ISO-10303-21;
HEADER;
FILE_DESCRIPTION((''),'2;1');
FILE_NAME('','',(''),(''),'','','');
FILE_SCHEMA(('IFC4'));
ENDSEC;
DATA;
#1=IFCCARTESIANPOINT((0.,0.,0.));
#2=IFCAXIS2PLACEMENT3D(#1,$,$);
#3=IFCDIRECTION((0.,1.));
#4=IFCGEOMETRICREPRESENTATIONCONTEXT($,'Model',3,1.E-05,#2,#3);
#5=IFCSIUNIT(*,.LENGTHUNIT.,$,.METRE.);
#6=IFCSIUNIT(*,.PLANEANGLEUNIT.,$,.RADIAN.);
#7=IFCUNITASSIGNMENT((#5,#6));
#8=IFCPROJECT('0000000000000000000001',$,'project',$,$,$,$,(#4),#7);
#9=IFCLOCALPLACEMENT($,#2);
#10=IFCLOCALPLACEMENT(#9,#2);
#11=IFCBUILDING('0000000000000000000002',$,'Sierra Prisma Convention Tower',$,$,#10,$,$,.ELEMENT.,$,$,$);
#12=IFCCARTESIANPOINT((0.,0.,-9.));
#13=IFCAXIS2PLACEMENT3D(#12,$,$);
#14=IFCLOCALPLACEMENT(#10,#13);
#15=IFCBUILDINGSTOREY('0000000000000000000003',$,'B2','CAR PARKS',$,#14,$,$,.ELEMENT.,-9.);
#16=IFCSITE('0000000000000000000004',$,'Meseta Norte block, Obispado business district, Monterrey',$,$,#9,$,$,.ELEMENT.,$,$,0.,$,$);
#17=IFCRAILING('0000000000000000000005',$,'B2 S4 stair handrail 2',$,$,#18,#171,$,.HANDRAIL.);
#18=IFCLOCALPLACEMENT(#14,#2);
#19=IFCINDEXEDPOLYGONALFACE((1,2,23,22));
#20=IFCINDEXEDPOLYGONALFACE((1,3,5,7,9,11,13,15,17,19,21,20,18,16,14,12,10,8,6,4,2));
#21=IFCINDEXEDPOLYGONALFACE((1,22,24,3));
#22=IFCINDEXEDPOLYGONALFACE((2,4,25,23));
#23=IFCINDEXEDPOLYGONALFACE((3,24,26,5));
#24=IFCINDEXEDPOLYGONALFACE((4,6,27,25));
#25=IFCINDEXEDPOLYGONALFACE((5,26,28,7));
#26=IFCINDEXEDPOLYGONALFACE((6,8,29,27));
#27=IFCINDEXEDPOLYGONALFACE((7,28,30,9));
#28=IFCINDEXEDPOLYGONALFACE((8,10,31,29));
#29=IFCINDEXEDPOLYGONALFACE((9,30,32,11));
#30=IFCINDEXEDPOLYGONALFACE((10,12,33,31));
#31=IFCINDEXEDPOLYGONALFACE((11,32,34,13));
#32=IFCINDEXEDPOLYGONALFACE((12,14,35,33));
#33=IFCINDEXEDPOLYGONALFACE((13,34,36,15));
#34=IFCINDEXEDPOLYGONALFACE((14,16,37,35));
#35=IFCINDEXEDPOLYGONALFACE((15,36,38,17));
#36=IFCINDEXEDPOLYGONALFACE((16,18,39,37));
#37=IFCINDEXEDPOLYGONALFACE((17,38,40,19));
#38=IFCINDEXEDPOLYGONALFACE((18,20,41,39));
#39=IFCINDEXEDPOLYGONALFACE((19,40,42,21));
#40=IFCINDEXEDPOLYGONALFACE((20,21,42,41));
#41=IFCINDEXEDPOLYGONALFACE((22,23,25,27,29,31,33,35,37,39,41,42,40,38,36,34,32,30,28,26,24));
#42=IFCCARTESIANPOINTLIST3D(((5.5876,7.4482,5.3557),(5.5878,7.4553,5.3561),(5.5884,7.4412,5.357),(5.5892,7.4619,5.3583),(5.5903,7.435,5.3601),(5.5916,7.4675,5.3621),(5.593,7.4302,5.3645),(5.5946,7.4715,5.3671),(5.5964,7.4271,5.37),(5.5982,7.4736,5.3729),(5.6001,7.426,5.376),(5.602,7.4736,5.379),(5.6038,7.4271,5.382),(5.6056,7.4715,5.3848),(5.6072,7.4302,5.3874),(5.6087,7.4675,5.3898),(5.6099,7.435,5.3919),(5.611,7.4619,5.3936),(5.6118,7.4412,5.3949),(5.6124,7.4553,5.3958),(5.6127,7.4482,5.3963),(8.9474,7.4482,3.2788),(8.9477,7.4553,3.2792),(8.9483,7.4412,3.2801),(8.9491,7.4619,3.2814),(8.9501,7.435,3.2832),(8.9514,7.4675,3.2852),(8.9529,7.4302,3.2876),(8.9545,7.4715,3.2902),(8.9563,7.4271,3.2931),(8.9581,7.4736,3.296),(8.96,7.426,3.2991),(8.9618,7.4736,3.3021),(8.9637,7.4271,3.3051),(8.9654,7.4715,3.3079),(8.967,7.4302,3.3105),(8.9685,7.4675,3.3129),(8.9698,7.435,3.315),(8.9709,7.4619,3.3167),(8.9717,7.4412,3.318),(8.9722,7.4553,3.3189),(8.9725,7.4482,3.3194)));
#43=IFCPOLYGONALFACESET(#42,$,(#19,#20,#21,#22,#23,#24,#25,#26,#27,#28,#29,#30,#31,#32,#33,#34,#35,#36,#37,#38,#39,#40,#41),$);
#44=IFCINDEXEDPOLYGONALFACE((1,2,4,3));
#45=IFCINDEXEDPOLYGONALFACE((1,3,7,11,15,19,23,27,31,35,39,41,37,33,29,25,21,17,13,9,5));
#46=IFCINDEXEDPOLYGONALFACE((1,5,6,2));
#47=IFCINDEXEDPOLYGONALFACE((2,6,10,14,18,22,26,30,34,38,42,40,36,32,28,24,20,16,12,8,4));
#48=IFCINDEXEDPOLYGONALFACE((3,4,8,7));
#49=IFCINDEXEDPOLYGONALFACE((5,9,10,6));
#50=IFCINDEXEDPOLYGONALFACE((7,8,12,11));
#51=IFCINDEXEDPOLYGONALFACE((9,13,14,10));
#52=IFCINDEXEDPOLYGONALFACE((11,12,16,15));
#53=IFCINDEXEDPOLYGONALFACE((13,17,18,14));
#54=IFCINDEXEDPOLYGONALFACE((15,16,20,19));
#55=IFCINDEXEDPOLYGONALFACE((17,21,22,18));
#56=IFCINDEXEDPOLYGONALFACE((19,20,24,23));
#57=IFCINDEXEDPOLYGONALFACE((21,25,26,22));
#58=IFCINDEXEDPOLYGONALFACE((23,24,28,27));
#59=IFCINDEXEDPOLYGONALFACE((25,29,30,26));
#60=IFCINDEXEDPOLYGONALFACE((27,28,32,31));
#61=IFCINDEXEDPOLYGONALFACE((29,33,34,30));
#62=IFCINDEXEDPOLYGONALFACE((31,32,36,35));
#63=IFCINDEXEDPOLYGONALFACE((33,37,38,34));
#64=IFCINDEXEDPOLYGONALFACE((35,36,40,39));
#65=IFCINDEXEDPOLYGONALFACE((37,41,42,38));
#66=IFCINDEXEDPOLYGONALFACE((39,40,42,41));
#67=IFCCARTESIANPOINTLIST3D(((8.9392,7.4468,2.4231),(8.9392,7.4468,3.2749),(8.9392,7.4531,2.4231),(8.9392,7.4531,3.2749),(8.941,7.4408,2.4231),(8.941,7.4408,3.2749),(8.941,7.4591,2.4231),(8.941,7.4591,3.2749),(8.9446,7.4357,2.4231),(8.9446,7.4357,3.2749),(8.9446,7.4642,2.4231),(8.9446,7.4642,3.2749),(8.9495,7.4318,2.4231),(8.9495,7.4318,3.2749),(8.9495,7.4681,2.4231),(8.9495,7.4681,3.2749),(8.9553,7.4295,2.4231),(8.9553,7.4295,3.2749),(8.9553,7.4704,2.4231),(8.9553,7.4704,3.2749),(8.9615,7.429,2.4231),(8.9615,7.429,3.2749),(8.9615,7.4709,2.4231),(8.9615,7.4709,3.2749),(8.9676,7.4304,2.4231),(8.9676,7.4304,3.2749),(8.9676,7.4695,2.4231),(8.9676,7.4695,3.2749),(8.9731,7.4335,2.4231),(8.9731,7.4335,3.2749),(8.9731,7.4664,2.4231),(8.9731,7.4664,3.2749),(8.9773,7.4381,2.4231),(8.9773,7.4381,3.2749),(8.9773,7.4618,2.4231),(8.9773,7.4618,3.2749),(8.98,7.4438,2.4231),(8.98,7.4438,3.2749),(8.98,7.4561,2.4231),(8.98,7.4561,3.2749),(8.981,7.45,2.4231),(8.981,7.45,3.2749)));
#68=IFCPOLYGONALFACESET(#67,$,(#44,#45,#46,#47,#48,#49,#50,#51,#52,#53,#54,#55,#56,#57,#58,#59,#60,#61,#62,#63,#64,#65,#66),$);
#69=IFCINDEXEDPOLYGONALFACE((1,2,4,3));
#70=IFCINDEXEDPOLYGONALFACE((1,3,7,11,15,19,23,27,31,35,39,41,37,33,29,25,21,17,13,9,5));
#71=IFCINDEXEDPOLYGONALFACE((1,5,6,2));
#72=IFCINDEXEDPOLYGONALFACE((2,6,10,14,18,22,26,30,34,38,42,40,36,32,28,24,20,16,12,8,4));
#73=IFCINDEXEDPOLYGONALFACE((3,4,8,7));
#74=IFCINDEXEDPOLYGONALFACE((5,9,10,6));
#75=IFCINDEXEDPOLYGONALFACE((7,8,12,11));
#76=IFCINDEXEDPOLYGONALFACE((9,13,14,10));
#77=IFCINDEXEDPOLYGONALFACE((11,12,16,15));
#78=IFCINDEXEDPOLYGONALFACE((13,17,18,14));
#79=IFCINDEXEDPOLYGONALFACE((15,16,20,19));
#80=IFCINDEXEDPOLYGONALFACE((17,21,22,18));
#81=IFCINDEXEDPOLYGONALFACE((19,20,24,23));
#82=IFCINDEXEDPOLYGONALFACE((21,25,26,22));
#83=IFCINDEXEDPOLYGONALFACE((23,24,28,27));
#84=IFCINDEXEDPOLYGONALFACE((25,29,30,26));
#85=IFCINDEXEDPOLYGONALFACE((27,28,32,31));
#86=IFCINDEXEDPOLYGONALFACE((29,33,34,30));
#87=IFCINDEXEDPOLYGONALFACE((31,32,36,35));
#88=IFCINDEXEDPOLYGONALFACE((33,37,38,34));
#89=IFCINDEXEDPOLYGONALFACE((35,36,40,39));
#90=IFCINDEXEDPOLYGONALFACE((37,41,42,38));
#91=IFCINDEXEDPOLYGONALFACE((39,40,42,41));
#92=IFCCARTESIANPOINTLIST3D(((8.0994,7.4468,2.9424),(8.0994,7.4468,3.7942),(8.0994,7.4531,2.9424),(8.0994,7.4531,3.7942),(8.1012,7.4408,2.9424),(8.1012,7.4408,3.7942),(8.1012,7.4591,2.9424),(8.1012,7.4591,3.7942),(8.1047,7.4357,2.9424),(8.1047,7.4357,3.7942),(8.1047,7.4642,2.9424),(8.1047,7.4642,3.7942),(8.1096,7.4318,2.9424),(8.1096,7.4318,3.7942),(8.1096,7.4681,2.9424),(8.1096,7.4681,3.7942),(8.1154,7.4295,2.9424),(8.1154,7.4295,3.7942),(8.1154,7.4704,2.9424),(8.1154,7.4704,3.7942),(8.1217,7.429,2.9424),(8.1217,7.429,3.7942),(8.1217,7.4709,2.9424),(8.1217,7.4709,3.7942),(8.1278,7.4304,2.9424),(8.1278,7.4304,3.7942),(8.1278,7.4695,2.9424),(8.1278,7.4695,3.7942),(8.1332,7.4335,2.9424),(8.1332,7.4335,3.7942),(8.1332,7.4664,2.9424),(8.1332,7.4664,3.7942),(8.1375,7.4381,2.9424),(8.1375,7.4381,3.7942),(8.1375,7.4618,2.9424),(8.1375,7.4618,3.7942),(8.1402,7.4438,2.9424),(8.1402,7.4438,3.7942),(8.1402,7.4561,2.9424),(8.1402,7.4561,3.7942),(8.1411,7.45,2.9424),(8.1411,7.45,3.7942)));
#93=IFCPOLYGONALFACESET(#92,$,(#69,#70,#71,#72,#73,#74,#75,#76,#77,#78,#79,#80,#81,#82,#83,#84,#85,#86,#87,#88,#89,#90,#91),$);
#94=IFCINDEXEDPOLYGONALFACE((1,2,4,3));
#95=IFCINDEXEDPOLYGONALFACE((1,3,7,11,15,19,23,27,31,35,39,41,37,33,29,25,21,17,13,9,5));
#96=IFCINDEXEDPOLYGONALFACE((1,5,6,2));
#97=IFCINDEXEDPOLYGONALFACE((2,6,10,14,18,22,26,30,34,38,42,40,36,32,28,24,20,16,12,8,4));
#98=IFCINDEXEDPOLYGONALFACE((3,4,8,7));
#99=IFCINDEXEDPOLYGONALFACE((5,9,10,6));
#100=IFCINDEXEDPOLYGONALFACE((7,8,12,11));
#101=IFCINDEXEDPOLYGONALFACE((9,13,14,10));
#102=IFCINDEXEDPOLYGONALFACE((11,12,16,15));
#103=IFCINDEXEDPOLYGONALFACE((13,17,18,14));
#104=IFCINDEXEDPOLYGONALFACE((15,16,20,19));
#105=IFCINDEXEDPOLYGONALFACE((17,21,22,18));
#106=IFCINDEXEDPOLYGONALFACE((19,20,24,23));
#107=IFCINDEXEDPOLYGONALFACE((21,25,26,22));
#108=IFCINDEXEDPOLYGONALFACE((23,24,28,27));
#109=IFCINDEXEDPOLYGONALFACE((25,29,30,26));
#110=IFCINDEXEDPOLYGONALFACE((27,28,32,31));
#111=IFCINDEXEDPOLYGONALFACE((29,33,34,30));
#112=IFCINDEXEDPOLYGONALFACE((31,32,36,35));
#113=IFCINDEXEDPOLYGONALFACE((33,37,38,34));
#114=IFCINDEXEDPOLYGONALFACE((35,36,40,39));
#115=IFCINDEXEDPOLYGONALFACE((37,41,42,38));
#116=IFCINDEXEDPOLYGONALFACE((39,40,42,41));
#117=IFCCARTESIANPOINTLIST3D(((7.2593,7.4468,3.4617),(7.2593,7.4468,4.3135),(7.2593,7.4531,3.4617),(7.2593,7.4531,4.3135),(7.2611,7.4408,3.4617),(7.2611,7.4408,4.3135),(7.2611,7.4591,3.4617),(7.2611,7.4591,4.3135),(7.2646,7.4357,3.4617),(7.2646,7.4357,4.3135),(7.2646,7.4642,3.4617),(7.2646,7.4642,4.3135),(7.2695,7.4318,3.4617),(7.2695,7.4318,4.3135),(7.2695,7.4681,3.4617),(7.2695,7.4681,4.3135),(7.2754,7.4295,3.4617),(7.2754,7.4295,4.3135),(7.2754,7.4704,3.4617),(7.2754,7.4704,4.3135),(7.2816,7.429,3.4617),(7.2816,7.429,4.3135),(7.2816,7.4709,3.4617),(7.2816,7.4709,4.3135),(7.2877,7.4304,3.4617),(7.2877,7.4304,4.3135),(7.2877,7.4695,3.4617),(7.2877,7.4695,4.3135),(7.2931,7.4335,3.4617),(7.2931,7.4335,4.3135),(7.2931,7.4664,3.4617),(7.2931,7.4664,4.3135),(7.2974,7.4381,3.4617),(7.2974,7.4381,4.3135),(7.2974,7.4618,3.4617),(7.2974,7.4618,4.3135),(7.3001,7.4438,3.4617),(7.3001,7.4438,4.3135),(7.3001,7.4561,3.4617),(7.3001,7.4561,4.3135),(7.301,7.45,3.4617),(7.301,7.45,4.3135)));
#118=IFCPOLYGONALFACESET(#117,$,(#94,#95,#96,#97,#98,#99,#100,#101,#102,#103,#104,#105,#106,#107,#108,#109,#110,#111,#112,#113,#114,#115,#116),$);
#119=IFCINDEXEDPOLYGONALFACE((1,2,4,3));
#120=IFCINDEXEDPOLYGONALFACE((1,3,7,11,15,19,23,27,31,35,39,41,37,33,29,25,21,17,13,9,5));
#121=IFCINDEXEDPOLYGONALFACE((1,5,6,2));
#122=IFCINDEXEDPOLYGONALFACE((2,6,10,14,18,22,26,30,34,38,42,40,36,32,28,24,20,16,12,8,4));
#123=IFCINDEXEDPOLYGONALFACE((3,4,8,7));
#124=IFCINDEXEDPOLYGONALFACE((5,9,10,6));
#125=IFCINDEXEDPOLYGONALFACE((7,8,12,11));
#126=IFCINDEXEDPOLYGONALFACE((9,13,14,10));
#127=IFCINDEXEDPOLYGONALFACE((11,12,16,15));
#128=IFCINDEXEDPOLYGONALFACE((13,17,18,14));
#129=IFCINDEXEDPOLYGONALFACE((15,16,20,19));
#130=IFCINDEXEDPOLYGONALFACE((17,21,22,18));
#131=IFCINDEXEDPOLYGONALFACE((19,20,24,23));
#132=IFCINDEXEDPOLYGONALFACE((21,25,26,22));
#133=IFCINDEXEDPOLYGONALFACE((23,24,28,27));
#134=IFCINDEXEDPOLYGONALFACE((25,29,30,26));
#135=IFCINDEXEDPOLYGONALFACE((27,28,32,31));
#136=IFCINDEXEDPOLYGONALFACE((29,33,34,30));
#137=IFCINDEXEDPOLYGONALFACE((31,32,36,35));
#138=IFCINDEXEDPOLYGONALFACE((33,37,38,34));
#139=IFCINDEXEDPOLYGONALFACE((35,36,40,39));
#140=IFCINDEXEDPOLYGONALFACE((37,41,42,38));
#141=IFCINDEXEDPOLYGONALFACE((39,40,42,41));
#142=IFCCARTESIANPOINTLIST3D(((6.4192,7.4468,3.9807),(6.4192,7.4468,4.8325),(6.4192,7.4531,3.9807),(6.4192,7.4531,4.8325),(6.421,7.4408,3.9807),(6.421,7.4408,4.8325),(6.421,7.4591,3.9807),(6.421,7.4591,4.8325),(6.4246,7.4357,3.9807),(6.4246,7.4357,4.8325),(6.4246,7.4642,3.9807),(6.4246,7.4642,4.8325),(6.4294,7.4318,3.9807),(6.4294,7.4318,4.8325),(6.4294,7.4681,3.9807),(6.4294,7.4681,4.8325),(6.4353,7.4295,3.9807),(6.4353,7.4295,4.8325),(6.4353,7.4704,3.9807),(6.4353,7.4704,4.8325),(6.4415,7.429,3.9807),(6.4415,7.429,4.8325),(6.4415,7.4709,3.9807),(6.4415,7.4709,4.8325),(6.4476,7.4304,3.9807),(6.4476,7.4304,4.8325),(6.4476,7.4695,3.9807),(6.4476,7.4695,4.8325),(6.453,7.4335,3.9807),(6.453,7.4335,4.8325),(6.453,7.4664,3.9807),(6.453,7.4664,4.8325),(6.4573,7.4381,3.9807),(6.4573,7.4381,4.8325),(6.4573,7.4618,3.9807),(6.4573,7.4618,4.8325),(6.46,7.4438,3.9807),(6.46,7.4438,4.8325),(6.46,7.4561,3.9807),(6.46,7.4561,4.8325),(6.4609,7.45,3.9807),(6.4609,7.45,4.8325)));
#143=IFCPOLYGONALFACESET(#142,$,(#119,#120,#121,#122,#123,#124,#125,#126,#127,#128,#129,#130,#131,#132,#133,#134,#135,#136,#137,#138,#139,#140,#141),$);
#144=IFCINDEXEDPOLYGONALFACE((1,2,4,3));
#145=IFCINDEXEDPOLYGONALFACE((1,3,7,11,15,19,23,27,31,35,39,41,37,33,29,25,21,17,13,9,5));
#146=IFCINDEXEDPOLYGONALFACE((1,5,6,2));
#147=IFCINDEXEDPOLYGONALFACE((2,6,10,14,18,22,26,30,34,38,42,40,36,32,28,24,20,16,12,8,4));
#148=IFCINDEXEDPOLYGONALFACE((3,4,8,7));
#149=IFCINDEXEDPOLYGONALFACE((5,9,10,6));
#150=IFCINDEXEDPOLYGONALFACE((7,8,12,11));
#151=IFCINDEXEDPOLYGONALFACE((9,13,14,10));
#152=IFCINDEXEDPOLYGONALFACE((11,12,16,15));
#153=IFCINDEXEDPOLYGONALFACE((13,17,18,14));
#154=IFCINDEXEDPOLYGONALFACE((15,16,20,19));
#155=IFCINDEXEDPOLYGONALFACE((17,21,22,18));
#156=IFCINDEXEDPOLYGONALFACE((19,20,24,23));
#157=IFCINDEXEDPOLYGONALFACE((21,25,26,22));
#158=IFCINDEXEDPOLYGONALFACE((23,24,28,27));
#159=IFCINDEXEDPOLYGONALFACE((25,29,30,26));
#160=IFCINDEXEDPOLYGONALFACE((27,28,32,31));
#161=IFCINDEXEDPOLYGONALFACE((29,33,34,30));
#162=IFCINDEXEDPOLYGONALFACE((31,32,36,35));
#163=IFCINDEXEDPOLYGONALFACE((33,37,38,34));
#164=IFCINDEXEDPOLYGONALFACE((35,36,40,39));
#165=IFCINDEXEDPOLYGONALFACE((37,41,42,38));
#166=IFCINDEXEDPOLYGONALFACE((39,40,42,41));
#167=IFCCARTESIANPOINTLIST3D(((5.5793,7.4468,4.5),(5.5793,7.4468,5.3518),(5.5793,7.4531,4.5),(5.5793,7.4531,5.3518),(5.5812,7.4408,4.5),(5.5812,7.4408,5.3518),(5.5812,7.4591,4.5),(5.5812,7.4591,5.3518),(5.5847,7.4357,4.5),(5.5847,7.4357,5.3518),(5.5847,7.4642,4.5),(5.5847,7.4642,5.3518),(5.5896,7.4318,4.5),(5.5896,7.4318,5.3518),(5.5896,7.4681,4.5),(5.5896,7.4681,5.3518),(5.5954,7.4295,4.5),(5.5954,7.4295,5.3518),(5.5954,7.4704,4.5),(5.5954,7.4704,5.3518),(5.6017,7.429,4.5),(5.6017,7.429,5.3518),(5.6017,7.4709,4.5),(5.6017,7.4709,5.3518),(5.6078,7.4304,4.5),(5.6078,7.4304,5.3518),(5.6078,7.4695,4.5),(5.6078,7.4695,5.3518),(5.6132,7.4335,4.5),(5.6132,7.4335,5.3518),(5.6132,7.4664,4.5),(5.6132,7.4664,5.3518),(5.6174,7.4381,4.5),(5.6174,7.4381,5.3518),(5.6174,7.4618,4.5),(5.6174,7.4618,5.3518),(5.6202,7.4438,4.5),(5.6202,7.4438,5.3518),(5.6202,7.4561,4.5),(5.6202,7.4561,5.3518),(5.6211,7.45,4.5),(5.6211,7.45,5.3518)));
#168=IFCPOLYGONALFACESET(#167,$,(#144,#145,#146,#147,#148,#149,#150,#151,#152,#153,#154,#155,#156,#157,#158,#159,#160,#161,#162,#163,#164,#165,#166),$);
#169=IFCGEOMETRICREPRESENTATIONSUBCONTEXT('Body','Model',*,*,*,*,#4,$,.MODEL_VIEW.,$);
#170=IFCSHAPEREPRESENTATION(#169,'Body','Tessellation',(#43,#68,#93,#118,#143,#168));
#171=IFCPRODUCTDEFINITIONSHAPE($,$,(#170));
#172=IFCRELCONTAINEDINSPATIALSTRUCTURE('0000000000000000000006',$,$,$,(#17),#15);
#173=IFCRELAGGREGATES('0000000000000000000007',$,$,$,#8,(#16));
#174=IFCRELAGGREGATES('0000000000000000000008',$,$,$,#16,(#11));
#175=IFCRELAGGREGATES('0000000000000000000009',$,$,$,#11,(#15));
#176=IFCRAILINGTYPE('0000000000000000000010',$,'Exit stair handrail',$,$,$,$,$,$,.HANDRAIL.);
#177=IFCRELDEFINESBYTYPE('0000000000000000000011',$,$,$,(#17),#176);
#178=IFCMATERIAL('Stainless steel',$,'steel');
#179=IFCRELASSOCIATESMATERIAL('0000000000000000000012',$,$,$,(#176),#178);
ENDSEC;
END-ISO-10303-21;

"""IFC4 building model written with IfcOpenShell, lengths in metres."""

from ifc_helpers import new_model, si_unit, direction, frame, origin, origin_2d, place, context, subcontext, project, spatial, circle, extrude, material, type_object, element, save


model = new_model("IFC4")

# Units and contexts
model_context = context("Model", 3, precision=1e-05, world=origin(), true_north=direction((0.0, 1.0)))
body_context = subcontext(model_context, "Body", "Model", "MODEL_VIEW")
ifc_project = project(units=[si_unit("LENGTHUNIT", "METRE"), si_unit("PLANEANGLEUNIT", "RADIAN")], contexts=[model_context])

# Site, building, storey
site_placement = place(None, origin())
site = spatial("IfcSite", under=ifc_project, at=site_placement, Name="Meseta Norte block, Obispado business district, Monterrey", CompositionType="ELEMENT", RefElevation=0.0)
building_placement = place(site_placement, origin())
building = spatial("IfcBuilding", under=site, at=building_placement, Name="Sierra Prisma Convention Tower", CompositionType="ELEMENT")
storey_placement = place(building_placement, frame((0.0, 0.0, -9.0)))
storey = spatial("IfcBuildingStorey", under=building, at=storey_placement, Name="B2", Description="CAR PARKS", CompositionType="ELEMENT", Elevation=-9.0)

# Railing
ifc_material_1 = material(Name="Stainless steel", Category="steel")
railing_type_1 = type_object("IfcRailingType", Name="Exit stair handrail", PredefinedType="HANDRAIL", material=ifc_material_1)
railing_1_placement = place(storey_placement, frame((8.96, 7.45, 2.4231)))
element("IfcRailing", 1, at=railing_1_placement, inside=storey, type_object=railing_type_1, Name="B2 S4 stair handrail 2", PredefinedType="HANDRAIL", context=body_context, shape_type="SweptSolid", body=[
    extrude(circle(Radius=0.0239, at=origin_2d()), frame((0.0, 0.0, 0.876), z_axis=(-0.850606, 0.0, 0.525803), x_axis=(0.0, -1.0, 0.0)), (0.0, 0.0, 1.0), 3.95),
    extrude(circle(Radius=0.021, at=origin_2d()), origin(), (0.0, 0.0, 1.0), 0.8518),
    extrude(circle(Radius=0.021, at=origin_2d()), frame((-0.8398, 0.0, 0.5193)), (0.0, 0.0, 1.0), 0.8518),
    extrude(circle(Radius=0.021, at=origin_2d()), frame((-1.6799, 0.0, 1.0386)), (0.0, 0.0, 1.0), 0.8518),
    extrude(circle(Radius=0.021, at=origin_2d()), frame((-2.52, 0.0, 1.5576)), (0.0, 0.0, 1.0), 0.8518),
    extrude(circle(Radius=0.021, at=origin_2d()), frame((-3.3599, 0.0, 2.0769)), (0.0, 0.0, 1.0), 0.8518),
])

save(model, "model.ifc")
